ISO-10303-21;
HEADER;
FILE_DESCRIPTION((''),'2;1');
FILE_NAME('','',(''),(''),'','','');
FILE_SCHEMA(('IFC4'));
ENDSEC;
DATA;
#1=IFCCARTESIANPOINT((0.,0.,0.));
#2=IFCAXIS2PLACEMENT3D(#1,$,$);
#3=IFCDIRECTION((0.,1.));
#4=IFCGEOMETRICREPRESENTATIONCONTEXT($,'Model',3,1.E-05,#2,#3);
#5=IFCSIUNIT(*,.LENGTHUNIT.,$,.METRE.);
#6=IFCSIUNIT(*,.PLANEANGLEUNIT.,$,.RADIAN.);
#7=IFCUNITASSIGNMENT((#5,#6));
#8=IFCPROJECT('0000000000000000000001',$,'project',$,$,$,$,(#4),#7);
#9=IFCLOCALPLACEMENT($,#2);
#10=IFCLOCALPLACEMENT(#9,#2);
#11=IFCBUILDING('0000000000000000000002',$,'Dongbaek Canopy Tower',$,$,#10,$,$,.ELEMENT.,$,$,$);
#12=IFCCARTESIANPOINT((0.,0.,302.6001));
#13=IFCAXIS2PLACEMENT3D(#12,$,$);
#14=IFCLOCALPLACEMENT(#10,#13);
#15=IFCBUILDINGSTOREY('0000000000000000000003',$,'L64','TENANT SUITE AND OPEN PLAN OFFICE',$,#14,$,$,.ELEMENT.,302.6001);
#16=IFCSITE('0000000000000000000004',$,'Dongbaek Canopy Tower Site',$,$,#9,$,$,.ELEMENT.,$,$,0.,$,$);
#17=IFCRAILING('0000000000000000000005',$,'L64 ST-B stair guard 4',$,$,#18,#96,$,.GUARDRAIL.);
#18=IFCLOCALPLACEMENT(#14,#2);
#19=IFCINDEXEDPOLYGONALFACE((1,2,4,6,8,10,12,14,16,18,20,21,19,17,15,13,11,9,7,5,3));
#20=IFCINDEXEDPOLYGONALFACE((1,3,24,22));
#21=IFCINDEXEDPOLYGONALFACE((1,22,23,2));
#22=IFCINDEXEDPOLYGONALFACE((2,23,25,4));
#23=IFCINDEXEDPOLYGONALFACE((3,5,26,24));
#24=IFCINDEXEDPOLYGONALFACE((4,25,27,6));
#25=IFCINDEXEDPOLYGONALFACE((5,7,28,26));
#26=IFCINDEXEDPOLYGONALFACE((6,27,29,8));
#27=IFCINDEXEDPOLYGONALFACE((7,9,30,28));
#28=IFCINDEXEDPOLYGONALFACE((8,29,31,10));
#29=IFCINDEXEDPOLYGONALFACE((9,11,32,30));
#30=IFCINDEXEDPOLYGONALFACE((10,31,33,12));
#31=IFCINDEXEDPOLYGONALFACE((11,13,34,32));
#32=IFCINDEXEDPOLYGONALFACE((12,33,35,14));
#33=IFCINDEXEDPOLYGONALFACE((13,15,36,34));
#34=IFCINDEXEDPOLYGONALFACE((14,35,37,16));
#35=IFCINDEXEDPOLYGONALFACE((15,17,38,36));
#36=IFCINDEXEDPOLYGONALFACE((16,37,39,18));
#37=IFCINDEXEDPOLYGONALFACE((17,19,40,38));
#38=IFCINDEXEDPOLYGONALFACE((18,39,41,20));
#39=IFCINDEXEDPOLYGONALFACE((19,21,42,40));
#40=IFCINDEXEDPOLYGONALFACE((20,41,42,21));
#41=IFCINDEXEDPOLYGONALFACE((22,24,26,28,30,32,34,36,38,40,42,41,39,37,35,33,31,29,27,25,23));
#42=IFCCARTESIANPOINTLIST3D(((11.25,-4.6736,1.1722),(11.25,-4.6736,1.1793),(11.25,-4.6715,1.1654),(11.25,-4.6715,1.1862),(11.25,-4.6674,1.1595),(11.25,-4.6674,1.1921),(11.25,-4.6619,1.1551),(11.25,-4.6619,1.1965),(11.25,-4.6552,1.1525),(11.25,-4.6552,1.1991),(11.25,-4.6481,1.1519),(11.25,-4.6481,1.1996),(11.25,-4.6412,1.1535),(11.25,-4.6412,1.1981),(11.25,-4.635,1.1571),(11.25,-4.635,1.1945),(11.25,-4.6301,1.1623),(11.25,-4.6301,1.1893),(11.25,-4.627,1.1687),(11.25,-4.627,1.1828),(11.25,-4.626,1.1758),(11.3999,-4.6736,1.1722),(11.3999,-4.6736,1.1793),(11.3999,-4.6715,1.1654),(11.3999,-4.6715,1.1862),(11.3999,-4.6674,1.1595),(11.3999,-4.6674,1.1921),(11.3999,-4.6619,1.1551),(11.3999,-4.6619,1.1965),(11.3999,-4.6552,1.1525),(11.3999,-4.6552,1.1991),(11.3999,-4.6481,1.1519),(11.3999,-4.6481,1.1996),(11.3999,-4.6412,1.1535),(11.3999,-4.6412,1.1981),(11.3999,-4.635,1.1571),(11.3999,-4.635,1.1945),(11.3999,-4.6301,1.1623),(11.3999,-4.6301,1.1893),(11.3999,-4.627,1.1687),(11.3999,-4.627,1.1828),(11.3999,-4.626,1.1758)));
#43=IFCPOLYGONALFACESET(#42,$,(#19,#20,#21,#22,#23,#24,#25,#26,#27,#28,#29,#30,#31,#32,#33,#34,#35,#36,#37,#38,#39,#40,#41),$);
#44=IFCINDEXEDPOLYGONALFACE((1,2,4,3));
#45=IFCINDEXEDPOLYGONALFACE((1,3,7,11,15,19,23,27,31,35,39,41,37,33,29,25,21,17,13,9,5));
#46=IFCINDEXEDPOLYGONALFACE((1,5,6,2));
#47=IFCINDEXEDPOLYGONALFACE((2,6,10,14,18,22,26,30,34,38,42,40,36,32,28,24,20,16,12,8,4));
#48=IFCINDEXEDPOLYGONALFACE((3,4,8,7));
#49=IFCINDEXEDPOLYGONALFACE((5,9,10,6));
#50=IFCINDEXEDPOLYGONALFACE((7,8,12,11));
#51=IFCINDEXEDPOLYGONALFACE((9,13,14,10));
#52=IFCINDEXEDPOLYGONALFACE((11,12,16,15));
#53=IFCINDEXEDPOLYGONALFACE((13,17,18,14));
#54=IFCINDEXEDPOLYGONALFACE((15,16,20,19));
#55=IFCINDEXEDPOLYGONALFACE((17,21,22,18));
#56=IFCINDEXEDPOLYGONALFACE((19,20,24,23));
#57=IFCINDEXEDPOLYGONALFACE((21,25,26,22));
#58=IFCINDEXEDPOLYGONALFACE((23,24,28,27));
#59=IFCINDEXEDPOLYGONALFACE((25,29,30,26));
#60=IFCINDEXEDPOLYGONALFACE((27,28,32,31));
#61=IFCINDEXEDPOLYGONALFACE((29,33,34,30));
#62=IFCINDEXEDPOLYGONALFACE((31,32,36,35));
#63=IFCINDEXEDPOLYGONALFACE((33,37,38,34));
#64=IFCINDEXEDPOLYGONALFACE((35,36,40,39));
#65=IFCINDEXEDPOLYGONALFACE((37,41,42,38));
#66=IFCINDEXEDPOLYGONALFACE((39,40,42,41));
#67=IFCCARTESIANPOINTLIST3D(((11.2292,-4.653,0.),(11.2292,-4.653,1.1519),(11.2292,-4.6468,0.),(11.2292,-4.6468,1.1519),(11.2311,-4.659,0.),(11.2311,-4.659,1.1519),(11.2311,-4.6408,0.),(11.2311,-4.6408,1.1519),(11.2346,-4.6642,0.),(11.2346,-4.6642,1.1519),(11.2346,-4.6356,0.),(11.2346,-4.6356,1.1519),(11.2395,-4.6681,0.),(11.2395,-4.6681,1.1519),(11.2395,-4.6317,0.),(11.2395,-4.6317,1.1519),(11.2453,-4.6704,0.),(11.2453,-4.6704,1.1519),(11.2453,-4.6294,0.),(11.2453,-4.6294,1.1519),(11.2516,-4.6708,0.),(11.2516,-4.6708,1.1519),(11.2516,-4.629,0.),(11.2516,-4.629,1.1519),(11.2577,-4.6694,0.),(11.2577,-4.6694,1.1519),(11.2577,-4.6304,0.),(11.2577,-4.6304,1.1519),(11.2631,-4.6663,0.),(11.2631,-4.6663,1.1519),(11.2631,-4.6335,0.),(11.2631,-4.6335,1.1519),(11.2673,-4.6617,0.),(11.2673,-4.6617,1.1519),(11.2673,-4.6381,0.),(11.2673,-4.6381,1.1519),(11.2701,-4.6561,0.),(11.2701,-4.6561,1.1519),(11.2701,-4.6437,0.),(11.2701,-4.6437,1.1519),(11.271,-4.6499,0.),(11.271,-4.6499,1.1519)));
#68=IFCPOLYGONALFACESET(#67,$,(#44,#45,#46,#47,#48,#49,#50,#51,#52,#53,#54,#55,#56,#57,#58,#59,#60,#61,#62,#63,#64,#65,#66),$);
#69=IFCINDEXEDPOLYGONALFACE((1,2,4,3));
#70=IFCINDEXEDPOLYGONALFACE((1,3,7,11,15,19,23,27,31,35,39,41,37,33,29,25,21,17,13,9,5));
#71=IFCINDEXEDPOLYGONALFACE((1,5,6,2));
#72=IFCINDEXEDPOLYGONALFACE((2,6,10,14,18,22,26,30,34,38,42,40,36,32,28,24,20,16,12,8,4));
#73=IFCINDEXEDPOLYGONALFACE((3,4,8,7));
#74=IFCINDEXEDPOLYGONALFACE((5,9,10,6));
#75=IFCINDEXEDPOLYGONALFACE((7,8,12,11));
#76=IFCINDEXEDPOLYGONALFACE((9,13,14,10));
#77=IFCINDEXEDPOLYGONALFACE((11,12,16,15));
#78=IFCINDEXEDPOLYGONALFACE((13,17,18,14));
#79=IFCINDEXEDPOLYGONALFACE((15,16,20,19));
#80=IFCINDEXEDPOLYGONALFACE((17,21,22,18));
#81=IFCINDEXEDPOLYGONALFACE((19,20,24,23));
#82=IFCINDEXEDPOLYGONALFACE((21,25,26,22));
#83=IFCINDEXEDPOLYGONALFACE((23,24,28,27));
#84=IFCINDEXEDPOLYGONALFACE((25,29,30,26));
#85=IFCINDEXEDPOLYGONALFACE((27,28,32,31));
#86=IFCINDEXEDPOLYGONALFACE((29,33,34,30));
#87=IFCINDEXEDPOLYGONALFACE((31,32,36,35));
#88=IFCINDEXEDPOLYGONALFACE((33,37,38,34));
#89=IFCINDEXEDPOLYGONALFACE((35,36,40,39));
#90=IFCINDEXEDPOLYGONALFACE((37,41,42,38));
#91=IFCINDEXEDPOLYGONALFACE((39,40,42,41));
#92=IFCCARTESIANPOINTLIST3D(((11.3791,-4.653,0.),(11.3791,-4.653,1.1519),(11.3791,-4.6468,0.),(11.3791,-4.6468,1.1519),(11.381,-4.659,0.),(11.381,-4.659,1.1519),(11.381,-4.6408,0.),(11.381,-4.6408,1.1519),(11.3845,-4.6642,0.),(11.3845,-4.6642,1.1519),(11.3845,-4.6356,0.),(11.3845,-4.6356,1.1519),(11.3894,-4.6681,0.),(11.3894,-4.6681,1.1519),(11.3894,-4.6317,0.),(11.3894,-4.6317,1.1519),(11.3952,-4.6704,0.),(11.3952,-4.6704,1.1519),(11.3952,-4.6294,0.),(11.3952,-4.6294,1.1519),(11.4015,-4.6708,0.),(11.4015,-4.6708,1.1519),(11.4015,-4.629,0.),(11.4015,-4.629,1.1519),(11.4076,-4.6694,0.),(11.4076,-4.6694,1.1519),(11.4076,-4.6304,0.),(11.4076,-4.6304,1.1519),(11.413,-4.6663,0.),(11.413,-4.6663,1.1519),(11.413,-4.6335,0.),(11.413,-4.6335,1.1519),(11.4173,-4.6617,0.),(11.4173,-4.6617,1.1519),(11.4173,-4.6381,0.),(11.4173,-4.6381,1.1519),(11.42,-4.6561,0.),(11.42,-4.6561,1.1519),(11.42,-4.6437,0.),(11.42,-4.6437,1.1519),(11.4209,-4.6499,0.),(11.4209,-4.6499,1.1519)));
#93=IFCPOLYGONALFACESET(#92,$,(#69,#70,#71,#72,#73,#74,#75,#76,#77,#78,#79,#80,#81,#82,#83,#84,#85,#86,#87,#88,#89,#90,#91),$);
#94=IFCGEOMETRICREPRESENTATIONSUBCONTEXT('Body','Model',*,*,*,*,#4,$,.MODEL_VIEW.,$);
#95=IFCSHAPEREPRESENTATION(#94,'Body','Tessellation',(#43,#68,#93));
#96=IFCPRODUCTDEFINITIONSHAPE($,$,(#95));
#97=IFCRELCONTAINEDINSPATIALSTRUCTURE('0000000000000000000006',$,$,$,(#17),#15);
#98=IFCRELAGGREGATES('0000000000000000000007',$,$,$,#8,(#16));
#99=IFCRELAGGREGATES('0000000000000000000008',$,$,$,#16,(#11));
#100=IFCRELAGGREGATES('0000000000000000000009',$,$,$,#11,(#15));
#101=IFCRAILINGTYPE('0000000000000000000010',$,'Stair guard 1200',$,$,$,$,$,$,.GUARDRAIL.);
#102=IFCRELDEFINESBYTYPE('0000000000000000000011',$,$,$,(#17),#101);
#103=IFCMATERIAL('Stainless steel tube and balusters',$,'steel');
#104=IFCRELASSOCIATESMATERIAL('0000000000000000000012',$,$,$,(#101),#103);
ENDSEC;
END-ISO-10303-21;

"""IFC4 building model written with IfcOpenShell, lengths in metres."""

from ifc_helpers import new_model, si_unit, direction, frame, origin, origin_2d, place, context, subcontext, project, spatial, circle, extrude, material, type_object, element, save


model = new_model("IFC4")

# Units and contexts
model_context = context("Model", 3, precision=1e-05, world=origin(), true_north=direction((0.0, 1.0)))
body_context = subcontext(model_context, "Body", "Model", "MODEL_VIEW")
ifc_project = project(units=[si_unit("LENGTHUNIT", "METRE"), si_unit("PLANEANGLEUNIT", "RADIAN")], contexts=[model_context])

# Site, building, storey
site_placement = place(None, origin())
site = spatial("IfcSite", under=ifc_project, at=site_placement, Name="Dongbaek Canopy Tower Site", CompositionType="ELEMENT", RefElevation=0.0)
building_placement = place(site_placement, origin())
building = spatial("IfcBuilding", under=site, at=building_placement, Name="Dongbaek Canopy Tower", CompositionType="ELEMENT")
storey_placement = place(building_placement, frame((0.0, 0.0, 302.6001)))
storey = spatial("IfcBuildingStorey", under=building, at=storey_placement, Name="L64", Description="TENANT SUITE AND OPEN PLAN OFFICE", CompositionType="ELEMENT", Elevation=302.6001)

# Railing
ifc_material_1 = material(Name="Stainless steel tube and balusters", Category="steel")
railing_type_1 = type_object("IfcRailingType", Name="Stair guard 1200", PredefinedType="GUARDRAIL", material=ifc_material_1)
railing_1_placement = place(storey_placement, frame((11.25, -4.6499, 0.0)))
element("IfcRailing", 1, at=railing_1_placement, inside=storey, type_object=railing_type_1, Name="L64 ST-B stair guard 4", PredefinedType="GUARDRAIL", context=body_context, shape_type="SweptSolid", body=[
    extrude(circle(Radius=0.0239, at=origin_2d()), frame((0.0, 0.0, 1.1758), z_axis=(1.0, 0.0, 0.0), x_axis=(0.0, 1.0, 0.0)), (0.0, 0.0, 1.0), 0.1499),
    extrude(circle(Radius=0.021, at=origin_2d()), origin(), (0.0, 0.0, 1.0), 1.1519),
    extrude(circle(Radius=0.021, at=origin_2d()), frame((0.1499, 0.0, 0.0)), (0.0, 0.0, 1.0), 1.1519),
])

save(model, "model.ifc")
